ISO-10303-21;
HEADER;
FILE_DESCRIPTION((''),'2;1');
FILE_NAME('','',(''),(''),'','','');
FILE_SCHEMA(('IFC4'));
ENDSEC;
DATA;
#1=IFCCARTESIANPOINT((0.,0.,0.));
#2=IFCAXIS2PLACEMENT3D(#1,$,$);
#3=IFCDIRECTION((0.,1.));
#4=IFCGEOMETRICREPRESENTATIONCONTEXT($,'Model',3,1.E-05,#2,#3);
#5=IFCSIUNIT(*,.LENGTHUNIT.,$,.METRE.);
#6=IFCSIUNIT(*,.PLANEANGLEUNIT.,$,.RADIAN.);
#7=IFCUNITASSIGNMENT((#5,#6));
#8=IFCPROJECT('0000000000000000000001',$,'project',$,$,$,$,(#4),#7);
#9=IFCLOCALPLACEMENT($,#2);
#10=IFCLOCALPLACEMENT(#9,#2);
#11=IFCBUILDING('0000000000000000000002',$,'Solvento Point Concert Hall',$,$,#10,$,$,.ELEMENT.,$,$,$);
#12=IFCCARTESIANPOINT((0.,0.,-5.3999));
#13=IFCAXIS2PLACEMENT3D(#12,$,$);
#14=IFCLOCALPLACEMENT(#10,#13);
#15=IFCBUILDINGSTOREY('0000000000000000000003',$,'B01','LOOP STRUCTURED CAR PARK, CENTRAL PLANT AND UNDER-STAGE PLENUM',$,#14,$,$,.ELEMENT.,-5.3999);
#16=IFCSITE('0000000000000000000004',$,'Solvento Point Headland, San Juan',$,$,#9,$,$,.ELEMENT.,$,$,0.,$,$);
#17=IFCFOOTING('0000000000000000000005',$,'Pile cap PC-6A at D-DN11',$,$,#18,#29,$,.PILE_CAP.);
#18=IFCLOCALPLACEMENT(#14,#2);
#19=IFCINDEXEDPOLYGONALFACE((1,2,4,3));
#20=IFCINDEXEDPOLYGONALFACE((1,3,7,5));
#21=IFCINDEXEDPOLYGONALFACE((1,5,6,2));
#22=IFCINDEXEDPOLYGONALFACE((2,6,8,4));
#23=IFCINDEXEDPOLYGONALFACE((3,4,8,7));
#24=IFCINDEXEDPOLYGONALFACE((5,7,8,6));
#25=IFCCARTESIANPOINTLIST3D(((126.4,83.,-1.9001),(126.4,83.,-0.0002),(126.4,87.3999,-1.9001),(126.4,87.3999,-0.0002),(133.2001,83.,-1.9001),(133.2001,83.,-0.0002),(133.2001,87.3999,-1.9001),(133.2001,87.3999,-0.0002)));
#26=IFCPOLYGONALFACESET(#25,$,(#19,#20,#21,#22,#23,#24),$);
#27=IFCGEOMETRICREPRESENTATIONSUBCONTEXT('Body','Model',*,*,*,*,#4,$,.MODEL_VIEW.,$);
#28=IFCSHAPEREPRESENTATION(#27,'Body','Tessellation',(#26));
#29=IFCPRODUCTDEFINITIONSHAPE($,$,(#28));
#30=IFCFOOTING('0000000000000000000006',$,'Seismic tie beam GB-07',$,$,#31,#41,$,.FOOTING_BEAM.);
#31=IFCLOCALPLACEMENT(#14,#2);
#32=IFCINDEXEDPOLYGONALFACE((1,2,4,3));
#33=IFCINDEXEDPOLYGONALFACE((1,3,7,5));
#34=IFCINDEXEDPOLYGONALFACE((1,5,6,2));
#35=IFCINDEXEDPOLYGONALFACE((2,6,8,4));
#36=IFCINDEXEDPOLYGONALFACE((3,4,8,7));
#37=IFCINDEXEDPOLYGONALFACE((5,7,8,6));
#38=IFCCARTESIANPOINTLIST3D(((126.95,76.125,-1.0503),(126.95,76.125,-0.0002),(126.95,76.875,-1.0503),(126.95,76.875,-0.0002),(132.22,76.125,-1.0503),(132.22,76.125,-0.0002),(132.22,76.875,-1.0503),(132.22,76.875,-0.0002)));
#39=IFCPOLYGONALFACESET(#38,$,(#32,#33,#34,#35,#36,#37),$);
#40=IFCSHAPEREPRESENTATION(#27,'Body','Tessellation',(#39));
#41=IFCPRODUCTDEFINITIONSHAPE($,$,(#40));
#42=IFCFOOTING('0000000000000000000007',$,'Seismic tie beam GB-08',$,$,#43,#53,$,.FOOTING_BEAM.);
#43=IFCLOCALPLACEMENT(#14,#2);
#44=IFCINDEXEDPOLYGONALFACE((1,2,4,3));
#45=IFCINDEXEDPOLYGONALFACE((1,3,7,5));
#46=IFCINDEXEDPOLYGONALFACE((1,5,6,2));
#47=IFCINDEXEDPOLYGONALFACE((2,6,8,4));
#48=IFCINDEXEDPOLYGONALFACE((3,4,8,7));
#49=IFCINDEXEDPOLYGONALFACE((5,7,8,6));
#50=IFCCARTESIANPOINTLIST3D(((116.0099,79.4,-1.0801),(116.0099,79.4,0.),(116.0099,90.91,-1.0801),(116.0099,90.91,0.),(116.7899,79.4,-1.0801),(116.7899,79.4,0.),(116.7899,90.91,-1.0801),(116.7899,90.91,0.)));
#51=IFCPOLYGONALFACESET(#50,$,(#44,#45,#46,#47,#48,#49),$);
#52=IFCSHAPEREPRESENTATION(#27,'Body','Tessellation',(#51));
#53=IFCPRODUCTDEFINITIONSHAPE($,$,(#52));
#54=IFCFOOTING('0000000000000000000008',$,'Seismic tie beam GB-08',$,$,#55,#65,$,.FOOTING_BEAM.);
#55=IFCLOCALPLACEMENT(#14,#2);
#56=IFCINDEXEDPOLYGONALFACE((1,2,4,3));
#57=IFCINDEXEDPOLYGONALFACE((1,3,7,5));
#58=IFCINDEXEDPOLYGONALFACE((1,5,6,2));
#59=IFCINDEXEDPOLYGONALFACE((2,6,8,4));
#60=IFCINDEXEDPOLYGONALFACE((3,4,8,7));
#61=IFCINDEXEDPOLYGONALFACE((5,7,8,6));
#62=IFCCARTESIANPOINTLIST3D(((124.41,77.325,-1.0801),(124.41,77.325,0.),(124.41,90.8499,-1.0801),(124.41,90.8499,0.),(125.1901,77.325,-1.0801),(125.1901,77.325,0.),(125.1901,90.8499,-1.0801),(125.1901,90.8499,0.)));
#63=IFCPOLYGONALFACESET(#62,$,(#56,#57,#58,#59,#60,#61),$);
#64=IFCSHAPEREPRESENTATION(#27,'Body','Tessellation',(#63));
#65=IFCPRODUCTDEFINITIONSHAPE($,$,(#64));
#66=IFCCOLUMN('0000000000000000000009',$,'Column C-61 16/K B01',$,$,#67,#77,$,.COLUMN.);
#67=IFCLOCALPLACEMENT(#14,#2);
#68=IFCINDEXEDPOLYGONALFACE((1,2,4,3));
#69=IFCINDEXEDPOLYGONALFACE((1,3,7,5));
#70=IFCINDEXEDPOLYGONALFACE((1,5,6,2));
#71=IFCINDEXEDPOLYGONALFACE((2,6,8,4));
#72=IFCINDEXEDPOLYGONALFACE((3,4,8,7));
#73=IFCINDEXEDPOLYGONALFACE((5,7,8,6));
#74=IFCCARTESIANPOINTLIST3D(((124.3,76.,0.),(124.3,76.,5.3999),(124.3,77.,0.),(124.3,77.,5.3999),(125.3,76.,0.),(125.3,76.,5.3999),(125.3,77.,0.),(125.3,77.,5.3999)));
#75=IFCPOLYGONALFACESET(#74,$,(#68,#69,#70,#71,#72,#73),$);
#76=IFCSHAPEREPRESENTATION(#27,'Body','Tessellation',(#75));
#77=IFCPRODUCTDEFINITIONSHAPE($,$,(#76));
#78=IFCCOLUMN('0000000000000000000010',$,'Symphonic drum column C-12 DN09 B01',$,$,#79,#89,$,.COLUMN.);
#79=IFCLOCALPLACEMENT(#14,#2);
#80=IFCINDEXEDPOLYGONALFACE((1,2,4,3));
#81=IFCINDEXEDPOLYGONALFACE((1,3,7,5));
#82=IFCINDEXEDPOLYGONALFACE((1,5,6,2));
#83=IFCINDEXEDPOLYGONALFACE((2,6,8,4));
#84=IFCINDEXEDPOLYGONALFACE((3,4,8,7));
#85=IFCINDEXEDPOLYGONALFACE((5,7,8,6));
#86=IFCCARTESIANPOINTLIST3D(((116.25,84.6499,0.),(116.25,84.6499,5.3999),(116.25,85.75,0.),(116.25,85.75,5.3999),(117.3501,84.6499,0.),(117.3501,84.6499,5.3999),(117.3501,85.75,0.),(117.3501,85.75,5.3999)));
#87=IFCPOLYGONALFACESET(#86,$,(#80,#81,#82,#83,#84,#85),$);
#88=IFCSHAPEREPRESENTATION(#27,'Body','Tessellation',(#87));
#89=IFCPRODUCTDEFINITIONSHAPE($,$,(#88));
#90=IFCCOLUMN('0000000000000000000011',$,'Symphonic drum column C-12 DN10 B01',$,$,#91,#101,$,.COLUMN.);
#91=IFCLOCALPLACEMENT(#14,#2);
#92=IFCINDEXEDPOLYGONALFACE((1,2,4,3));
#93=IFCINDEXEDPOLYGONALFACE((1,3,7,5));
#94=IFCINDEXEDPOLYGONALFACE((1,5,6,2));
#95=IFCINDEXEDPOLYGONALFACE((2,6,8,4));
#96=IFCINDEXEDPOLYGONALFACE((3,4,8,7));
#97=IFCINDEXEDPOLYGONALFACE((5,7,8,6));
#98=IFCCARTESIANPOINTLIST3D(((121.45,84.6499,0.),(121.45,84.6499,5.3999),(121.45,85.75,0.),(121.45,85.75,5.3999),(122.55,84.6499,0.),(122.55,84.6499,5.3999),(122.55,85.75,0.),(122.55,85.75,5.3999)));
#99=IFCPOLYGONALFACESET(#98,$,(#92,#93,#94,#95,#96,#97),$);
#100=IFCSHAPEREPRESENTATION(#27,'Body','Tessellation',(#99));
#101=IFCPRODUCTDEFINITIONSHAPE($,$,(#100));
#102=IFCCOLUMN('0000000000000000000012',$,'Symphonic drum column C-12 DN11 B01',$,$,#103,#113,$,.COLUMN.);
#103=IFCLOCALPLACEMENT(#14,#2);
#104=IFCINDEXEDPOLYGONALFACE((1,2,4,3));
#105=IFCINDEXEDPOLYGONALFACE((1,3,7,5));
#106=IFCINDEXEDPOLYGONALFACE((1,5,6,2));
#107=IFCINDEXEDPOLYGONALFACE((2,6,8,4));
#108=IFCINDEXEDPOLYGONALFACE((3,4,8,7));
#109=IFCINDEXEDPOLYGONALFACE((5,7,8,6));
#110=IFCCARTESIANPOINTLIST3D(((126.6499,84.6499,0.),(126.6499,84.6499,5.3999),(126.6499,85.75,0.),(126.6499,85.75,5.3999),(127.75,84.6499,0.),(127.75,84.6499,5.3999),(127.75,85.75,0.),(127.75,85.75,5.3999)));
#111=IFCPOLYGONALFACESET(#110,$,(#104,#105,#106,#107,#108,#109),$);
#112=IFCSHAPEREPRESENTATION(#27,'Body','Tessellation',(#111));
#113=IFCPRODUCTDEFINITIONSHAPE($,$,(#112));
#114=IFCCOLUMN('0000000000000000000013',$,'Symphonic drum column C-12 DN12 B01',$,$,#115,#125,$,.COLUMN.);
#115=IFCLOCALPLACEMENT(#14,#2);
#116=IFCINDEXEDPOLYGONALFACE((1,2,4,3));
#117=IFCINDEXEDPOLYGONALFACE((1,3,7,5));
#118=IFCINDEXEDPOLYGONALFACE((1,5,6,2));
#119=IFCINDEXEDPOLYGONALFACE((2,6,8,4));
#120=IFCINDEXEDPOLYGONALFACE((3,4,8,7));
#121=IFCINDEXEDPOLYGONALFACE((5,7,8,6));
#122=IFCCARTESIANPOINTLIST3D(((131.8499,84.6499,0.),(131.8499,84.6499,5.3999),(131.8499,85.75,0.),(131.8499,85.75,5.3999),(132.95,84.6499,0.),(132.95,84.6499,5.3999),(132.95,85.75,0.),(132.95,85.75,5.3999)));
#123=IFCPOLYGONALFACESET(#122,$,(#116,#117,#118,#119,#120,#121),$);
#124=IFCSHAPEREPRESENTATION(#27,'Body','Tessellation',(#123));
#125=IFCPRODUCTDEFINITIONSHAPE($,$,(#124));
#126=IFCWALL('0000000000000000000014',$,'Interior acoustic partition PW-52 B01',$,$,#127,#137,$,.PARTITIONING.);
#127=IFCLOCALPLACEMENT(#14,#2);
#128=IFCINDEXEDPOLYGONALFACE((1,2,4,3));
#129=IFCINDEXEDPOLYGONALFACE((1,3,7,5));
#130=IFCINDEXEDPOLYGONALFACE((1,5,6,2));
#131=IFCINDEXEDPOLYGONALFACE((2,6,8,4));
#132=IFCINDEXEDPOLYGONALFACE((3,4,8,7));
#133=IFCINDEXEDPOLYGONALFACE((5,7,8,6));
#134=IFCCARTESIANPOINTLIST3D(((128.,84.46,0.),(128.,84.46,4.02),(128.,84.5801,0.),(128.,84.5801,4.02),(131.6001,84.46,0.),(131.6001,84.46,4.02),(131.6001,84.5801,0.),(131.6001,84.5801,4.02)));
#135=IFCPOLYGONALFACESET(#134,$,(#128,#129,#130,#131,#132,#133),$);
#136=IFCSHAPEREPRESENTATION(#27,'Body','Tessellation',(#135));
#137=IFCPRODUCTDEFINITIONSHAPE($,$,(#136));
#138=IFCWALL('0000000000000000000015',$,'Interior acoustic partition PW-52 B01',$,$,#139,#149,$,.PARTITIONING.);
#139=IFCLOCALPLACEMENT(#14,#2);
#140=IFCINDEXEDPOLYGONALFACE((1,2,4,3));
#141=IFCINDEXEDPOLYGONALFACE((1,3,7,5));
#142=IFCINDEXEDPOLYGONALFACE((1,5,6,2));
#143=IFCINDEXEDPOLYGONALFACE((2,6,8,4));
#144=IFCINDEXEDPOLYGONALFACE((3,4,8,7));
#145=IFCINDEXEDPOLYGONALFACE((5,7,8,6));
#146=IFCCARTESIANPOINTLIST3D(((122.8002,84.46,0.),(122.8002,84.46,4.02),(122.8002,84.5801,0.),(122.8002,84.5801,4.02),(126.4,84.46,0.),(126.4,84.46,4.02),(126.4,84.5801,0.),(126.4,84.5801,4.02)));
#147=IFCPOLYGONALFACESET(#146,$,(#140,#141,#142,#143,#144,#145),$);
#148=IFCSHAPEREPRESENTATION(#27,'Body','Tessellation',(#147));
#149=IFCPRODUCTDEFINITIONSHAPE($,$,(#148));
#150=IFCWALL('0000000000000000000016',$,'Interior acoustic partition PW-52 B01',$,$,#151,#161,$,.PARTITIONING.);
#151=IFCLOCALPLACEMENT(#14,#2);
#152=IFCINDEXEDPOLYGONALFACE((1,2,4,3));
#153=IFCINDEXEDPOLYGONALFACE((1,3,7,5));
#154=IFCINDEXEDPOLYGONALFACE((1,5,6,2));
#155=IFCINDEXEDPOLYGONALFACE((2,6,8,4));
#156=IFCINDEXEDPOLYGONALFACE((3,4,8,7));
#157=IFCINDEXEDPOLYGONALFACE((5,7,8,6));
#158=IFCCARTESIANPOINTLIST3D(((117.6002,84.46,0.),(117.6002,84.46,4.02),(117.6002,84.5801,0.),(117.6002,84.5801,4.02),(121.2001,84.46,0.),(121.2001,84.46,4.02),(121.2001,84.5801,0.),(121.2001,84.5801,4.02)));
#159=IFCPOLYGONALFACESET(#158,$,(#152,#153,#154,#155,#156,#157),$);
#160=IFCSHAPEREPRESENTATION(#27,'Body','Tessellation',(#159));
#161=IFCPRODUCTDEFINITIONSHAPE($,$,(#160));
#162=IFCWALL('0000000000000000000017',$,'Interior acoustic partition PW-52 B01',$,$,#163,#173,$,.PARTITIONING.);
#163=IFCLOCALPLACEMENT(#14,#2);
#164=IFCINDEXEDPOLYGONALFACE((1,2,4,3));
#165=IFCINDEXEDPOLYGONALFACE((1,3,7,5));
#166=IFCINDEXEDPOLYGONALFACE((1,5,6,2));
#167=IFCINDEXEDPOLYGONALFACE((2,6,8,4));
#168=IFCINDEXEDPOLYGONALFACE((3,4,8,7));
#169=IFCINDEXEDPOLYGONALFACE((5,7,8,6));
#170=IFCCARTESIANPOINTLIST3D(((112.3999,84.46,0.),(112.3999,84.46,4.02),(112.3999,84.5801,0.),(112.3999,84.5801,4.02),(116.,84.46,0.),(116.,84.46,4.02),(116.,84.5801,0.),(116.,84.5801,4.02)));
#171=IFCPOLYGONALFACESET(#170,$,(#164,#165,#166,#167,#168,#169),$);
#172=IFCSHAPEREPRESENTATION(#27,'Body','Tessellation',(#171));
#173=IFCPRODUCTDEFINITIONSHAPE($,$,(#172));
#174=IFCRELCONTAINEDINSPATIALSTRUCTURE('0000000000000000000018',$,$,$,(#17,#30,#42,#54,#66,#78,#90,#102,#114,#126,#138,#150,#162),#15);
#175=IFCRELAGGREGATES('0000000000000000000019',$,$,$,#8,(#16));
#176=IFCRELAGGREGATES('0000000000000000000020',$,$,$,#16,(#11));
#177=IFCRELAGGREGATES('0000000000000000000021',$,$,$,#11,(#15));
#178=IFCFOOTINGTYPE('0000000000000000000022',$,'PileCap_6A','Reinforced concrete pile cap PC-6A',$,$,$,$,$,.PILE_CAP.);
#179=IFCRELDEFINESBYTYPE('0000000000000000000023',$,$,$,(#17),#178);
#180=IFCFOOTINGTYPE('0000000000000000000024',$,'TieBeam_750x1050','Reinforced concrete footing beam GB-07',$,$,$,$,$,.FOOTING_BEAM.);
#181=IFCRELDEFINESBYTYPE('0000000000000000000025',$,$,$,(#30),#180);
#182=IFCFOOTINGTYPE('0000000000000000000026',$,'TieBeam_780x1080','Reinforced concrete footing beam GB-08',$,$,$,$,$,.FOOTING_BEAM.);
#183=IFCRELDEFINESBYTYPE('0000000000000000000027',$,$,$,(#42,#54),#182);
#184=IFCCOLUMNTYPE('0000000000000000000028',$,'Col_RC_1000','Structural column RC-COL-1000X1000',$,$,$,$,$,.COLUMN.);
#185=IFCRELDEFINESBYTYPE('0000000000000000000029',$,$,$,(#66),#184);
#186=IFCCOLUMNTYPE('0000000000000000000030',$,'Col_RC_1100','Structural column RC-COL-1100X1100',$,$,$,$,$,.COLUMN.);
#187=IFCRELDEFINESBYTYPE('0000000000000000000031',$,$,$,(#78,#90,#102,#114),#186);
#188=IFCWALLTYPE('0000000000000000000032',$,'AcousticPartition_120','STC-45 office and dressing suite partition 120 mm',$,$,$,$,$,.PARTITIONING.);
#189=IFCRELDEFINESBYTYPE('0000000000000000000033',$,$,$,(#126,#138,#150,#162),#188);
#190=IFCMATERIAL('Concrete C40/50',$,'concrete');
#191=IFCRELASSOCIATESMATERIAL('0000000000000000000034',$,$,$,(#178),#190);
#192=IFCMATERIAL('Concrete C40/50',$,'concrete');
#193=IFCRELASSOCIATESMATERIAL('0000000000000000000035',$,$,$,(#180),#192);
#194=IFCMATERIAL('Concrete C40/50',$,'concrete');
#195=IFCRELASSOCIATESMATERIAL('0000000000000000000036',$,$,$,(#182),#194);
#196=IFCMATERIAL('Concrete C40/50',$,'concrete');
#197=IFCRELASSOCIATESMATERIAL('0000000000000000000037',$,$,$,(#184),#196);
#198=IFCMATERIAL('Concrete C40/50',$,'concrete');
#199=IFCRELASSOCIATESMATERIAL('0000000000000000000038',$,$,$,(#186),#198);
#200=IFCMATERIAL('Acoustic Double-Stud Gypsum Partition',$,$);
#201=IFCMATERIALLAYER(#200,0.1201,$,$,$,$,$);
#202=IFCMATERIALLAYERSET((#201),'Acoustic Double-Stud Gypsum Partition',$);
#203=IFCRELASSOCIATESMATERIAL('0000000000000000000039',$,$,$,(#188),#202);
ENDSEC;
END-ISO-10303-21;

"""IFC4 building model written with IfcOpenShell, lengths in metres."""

from ifc_helpers import new_model, si_unit, direction, frame, frame_2d, origin, origin_2d, place, context, subcontext, project, spatial, rectangle, extrude, material, layer, layer_set, material_profile, profile_set, type_object, element, save


model = new_model("IFC4")

# Units and contexts
model_context = context("Model", 3, precision=1e-05, world=origin(), true_north=direction((0.0, 1.0)))
body_context = subcontext(model_context, "Body", "Model", "MODEL_VIEW")
ifc_project = project(units=[si_unit("LENGTHUNIT", "METRE"), si_unit("PLANEANGLEUNIT", "RADIAN")], contexts=[model_context])

# Site, building, storey
site_placement = place(None, origin())
site = spatial("IfcSite", under=ifc_project, at=site_placement, Name="Solvento Point Headland, San Juan", CompositionType="ELEMENT", RefElevation=0.0)
building_placement = place(site_placement, origin())
building = spatial("IfcBuilding", under=site, at=building_placement, Name="Solvento Point Concert Hall", CompositionType="ELEMENT")
storey_placement = place(building_placement, frame((0.0, 0.0, -5.3999)))
storey = spatial("IfcBuildingStorey", under=building, at=storey_placement, Name="B01", Description="LOOP STRUCTURED CAR PARK, CENTRAL PLANT AND UNDER-STAGE PLENUM", CompositionType="ELEMENT", Elevation=-5.3999)

# Footings
ifc_material_1 = material(Name="Concrete C40/50", Category="concrete")
footing_type_1 = type_object("IfcFootingType", Name="PileCap_6A", Description="Reinforced concrete pile cap PC-6A", PredefinedType="PILE_CAP", material=ifc_material_1)
for number, where, z_axis, x_axis, name in (
    (1, (129.8, 85.2, -1.9001), (0.0, 0.0, 1.0), (1.0, 0.0, 0.0), "Pile cap PC-6A at D-DN11"),
):
    element("IfcFooting", number, at=place(storey_placement, frame(where, z_axis=z_axis, x_axis=x_axis)), inside=storey, type_object=footing_type_1, Name=name, PredefinedType="PILE_CAP", context=body_context, shape_type="SweptSolid", body=[
        extrude(rectangle(XDim=6.8, YDim=4.3999, at=origin_2d()), origin(), (0.0, 0.0, 1.0), 1.8999),
    ])
ifc_material_2 = material(Name="Concrete C40/50", Category="concrete")
footing_type_2 = type_object("IfcFootingType", Name="TieBeam_750x1050", Description="Reinforced concrete footing beam GB-07", PredefinedType="FOOTING_BEAM", material=ifc_material_2)
footing_1_placement = place(storey_placement, frame((129.585, 76.5, -1.0503), z_axis=(0.0, 0.0, 1.0), x_axis=(1.0, 0.0, 0.0)))
element("IfcFooting", 2, at=footing_1_placement, inside=storey, type_object=footing_type_2, Name="Seismic tie beam GB-07", PredefinedType="FOOTING_BEAM", context=body_context, shape_type="SweptSolid", body=[
    extrude(rectangle(XDim=5.27, YDim=0.75, at=origin_2d()), origin(), (0.0, 0.0, 1.0), 1.05),
])
ifc_material_3 = material(Name="Concrete C40/50", Category="concrete")
footing_type_3 = type_object("IfcFootingType", Name="TieBeam_780x1080", Description="Reinforced concrete footing beam GB-08", PredefinedType="FOOTING_BEAM", material=ifc_material_3)
footing_2_placement = place(storey_placement, frame((116.3999, 85.155, -1.0801), z_axis=(0.0, 0.0, 1.0), x_axis=(0.0, 1.0, 0.0)))
element("IfcFooting", 3, at=footing_2_placement, inside=storey, type_object=footing_type_3, Name="Seismic tie beam GB-08", PredefinedType="FOOTING_BEAM", context=body_context, shape_type="SweptSolid", body=[
    extrude(rectangle(XDim=11.51, YDim=0.78, at=origin_2d()), origin(), (0.0, 0.0, 1.0), 1.0801),
])
footing_3_placement = place(storey_placement, frame((124.8, 84.0874, -1.0801), z_axis=(0.0, 0.0, 1.0), x_axis=(0.0, 1.0, 0.0)))
element("IfcFooting", 4, at=footing_3_placement, inside=storey, type_object=footing_type_3, Name="Seismic tie beam GB-08", PredefinedType="FOOTING_BEAM", context=body_context, shape_type="SweptSolid", body=[
    extrude(rectangle(XDim=13.5249, YDim=0.78, at=origin_2d()), origin(), (0.0, 0.0, 1.0), 1.0801),
])

# Columns
ifc_material_4 = material(Name="Concrete C40/50", Category="concrete")
ifc_material_profile_1 = material_profile(ifc_material_4, rectangle(XDim=1.0, YDim=1.0, at=origin_2d()), Name="RC-COL-1000X1000")
ifc_profile_set_1 = profile_set([ifc_material_profile_1], Name="Concrete C40/50")
column_type_1 = type_object("IfcColumnType", Name="Col_RC_1000", Description="Structural column RC-COL-1000X1000", PredefinedType="COLUMN", material=ifc_profile_set_1)
column_placement = place(storey_placement, frame((124.8, 76.5, 0.0), z_axis=(0.0, 0.0, 1.0), x_axis=(1.0, 0.0, 0.0)))
element("IfcColumn", 5, at=column_placement, inside=storey, type_object=column_type_1, Name="Column C-61 16/K B01", PredefinedType="COLUMN", context=body_context, shape_type="SweptSolid", body=[
    extrude(rectangle(XDim=1.0, YDim=1.0, at=origin_2d()), origin(), (0.0, 0.0, 1.0), 5.3999),
])
ifc_material_5 = material(Name="Concrete C40/50", Category="concrete")
ifc_material_profile_2 = material_profile(ifc_material_5, rectangle(XDim=1.1001, YDim=1.1001, at=origin_2d()), Name="RC-COL-1100X1100")
ifc_profile_set_2 = profile_set([ifc_material_profile_2], Name="Concrete C40/50")
column_type_2 = type_object("IfcColumnType", Name="Col_RC_1100", Description="Structural column RC-COL-1100X1100", PredefinedType="COLUMN", material=ifc_profile_set_2)
for number, where, z_axis, x_axis, name in (
    (6, (116.8, 85.2, 0.0), (0.0, 0.0, 1.0), (1.0, 0.0, 0.0), "Symphonic drum column C-12 DN09 B01"),
    (7, (122.0, 85.2, 0.0), (0.0, 0.0, 1.0), (1.0, 0.0, 0.0), "Symphonic drum column C-12 DN10 B01"),
    (8, (127.2, 85.2, 0.0), (0.0, 0.0, 1.0), (1.0, 0.0, 0.0), "Symphonic drum column C-12 DN11 B01"),
    (9, (132.3999, 85.2, 0.0), (0.0, 0.0, 1.0), (1.0, 0.0, 0.0), "Symphonic drum column C-12 DN12 B01"),
):
    element("IfcColumn", number, at=place(storey_placement, frame(where, z_axis=z_axis, x_axis=x_axis)), inside=storey, type_object=column_type_2, Name=name, PredefinedType="COLUMN", context=body_context, shape_type="SweptSolid", body=[
        extrude(rectangle(XDim=1.1001, YDim=1.1001, at=origin_2d()), origin(), (0.0, 0.0, 1.0), 5.3999),
    ])

# Walls
ifc_material_6 = material(Name="Acoustic Double-Stud Gypsum Partition")
ifc_layer_1 = layer(ifc_material_6, 0.1201)
ifc_layer_set_1 = layer_set([ifc_layer_1], Name="Acoustic Double-Stud Gypsum Partition")
wall_type_1 = type_object("IfcWallType", Name="AcousticPartition_120", Description="STC-45 office and dressing suite partition 120 mm", PredefinedType="PARTITIONING", material=ifc_layer_set_1)
wall_1_placement = place(storey_placement, frame((131.6001, 84.52, 0.0), z_axis=(0.0, 0.0, 1.0), x_axis=(-1.0, 0.0, 0.0)))
element("IfcWall", 10, at=wall_1_placement, inside=storey, type_object=wall_type_1, Name="Interior acoustic partition PW-52 B01", PredefinedType="PARTITIONING", context=body_context, shape_type="SweptSolid", body=[
    extrude(rectangle(XDim=3.6001, YDim=0.1201, at=frame_2d((1.8, 0.0))), origin(), (0.0, 0.0, 1.0), 4.02),
])
for number, where, z_axis, x_axis, name in (
    (11, (126.3999, 84.52, 0.0), (0.0, 0.0, 1.0), (-1.0, 0.0, 0.0), "Interior acoustic partition PW-52 B01"),
    (12, (121.2, 84.52, 0.0), (0.0, 0.0, 1.0), (-1.0, 0.0, 0.0), "Interior acoustic partition PW-52 B01"),
):
    element("IfcWall", number, at=place(storey_placement, frame(where, z_axis=z_axis, x_axis=x_axis)), inside=storey, type_object=wall_type_1, Name=name, PredefinedType="PARTITIONING", context=body_context, shape_type="SweptSolid", body=[
        extrude(rectangle(XDim=3.5999, YDim=0.1201, at=frame_2d((1.7998, 0.0))), origin(), (0.0, 0.0, 1.0), 4.02),
    ])
wall_2_placement = place(storey_placement, frame((116.0, 84.52, 0.0), z_axis=(0.0, 0.0, 1.0), x_axis=(-1.0, 0.0, 0.0)))
element("IfcWall", 13, at=wall_2_placement, inside=storey, type_object=wall_type_1, Name="Interior acoustic partition PW-52 B01", PredefinedType="PARTITIONING", context=body_context, shape_type="SweptSolid", body=[
    extrude(rectangle(XDim=3.6001, YDim=0.1201, at=frame_2d((1.8, 0.0))), origin(), (0.0, 0.0, 1.0), 4.02),
])

save(model, "model.ifc")
